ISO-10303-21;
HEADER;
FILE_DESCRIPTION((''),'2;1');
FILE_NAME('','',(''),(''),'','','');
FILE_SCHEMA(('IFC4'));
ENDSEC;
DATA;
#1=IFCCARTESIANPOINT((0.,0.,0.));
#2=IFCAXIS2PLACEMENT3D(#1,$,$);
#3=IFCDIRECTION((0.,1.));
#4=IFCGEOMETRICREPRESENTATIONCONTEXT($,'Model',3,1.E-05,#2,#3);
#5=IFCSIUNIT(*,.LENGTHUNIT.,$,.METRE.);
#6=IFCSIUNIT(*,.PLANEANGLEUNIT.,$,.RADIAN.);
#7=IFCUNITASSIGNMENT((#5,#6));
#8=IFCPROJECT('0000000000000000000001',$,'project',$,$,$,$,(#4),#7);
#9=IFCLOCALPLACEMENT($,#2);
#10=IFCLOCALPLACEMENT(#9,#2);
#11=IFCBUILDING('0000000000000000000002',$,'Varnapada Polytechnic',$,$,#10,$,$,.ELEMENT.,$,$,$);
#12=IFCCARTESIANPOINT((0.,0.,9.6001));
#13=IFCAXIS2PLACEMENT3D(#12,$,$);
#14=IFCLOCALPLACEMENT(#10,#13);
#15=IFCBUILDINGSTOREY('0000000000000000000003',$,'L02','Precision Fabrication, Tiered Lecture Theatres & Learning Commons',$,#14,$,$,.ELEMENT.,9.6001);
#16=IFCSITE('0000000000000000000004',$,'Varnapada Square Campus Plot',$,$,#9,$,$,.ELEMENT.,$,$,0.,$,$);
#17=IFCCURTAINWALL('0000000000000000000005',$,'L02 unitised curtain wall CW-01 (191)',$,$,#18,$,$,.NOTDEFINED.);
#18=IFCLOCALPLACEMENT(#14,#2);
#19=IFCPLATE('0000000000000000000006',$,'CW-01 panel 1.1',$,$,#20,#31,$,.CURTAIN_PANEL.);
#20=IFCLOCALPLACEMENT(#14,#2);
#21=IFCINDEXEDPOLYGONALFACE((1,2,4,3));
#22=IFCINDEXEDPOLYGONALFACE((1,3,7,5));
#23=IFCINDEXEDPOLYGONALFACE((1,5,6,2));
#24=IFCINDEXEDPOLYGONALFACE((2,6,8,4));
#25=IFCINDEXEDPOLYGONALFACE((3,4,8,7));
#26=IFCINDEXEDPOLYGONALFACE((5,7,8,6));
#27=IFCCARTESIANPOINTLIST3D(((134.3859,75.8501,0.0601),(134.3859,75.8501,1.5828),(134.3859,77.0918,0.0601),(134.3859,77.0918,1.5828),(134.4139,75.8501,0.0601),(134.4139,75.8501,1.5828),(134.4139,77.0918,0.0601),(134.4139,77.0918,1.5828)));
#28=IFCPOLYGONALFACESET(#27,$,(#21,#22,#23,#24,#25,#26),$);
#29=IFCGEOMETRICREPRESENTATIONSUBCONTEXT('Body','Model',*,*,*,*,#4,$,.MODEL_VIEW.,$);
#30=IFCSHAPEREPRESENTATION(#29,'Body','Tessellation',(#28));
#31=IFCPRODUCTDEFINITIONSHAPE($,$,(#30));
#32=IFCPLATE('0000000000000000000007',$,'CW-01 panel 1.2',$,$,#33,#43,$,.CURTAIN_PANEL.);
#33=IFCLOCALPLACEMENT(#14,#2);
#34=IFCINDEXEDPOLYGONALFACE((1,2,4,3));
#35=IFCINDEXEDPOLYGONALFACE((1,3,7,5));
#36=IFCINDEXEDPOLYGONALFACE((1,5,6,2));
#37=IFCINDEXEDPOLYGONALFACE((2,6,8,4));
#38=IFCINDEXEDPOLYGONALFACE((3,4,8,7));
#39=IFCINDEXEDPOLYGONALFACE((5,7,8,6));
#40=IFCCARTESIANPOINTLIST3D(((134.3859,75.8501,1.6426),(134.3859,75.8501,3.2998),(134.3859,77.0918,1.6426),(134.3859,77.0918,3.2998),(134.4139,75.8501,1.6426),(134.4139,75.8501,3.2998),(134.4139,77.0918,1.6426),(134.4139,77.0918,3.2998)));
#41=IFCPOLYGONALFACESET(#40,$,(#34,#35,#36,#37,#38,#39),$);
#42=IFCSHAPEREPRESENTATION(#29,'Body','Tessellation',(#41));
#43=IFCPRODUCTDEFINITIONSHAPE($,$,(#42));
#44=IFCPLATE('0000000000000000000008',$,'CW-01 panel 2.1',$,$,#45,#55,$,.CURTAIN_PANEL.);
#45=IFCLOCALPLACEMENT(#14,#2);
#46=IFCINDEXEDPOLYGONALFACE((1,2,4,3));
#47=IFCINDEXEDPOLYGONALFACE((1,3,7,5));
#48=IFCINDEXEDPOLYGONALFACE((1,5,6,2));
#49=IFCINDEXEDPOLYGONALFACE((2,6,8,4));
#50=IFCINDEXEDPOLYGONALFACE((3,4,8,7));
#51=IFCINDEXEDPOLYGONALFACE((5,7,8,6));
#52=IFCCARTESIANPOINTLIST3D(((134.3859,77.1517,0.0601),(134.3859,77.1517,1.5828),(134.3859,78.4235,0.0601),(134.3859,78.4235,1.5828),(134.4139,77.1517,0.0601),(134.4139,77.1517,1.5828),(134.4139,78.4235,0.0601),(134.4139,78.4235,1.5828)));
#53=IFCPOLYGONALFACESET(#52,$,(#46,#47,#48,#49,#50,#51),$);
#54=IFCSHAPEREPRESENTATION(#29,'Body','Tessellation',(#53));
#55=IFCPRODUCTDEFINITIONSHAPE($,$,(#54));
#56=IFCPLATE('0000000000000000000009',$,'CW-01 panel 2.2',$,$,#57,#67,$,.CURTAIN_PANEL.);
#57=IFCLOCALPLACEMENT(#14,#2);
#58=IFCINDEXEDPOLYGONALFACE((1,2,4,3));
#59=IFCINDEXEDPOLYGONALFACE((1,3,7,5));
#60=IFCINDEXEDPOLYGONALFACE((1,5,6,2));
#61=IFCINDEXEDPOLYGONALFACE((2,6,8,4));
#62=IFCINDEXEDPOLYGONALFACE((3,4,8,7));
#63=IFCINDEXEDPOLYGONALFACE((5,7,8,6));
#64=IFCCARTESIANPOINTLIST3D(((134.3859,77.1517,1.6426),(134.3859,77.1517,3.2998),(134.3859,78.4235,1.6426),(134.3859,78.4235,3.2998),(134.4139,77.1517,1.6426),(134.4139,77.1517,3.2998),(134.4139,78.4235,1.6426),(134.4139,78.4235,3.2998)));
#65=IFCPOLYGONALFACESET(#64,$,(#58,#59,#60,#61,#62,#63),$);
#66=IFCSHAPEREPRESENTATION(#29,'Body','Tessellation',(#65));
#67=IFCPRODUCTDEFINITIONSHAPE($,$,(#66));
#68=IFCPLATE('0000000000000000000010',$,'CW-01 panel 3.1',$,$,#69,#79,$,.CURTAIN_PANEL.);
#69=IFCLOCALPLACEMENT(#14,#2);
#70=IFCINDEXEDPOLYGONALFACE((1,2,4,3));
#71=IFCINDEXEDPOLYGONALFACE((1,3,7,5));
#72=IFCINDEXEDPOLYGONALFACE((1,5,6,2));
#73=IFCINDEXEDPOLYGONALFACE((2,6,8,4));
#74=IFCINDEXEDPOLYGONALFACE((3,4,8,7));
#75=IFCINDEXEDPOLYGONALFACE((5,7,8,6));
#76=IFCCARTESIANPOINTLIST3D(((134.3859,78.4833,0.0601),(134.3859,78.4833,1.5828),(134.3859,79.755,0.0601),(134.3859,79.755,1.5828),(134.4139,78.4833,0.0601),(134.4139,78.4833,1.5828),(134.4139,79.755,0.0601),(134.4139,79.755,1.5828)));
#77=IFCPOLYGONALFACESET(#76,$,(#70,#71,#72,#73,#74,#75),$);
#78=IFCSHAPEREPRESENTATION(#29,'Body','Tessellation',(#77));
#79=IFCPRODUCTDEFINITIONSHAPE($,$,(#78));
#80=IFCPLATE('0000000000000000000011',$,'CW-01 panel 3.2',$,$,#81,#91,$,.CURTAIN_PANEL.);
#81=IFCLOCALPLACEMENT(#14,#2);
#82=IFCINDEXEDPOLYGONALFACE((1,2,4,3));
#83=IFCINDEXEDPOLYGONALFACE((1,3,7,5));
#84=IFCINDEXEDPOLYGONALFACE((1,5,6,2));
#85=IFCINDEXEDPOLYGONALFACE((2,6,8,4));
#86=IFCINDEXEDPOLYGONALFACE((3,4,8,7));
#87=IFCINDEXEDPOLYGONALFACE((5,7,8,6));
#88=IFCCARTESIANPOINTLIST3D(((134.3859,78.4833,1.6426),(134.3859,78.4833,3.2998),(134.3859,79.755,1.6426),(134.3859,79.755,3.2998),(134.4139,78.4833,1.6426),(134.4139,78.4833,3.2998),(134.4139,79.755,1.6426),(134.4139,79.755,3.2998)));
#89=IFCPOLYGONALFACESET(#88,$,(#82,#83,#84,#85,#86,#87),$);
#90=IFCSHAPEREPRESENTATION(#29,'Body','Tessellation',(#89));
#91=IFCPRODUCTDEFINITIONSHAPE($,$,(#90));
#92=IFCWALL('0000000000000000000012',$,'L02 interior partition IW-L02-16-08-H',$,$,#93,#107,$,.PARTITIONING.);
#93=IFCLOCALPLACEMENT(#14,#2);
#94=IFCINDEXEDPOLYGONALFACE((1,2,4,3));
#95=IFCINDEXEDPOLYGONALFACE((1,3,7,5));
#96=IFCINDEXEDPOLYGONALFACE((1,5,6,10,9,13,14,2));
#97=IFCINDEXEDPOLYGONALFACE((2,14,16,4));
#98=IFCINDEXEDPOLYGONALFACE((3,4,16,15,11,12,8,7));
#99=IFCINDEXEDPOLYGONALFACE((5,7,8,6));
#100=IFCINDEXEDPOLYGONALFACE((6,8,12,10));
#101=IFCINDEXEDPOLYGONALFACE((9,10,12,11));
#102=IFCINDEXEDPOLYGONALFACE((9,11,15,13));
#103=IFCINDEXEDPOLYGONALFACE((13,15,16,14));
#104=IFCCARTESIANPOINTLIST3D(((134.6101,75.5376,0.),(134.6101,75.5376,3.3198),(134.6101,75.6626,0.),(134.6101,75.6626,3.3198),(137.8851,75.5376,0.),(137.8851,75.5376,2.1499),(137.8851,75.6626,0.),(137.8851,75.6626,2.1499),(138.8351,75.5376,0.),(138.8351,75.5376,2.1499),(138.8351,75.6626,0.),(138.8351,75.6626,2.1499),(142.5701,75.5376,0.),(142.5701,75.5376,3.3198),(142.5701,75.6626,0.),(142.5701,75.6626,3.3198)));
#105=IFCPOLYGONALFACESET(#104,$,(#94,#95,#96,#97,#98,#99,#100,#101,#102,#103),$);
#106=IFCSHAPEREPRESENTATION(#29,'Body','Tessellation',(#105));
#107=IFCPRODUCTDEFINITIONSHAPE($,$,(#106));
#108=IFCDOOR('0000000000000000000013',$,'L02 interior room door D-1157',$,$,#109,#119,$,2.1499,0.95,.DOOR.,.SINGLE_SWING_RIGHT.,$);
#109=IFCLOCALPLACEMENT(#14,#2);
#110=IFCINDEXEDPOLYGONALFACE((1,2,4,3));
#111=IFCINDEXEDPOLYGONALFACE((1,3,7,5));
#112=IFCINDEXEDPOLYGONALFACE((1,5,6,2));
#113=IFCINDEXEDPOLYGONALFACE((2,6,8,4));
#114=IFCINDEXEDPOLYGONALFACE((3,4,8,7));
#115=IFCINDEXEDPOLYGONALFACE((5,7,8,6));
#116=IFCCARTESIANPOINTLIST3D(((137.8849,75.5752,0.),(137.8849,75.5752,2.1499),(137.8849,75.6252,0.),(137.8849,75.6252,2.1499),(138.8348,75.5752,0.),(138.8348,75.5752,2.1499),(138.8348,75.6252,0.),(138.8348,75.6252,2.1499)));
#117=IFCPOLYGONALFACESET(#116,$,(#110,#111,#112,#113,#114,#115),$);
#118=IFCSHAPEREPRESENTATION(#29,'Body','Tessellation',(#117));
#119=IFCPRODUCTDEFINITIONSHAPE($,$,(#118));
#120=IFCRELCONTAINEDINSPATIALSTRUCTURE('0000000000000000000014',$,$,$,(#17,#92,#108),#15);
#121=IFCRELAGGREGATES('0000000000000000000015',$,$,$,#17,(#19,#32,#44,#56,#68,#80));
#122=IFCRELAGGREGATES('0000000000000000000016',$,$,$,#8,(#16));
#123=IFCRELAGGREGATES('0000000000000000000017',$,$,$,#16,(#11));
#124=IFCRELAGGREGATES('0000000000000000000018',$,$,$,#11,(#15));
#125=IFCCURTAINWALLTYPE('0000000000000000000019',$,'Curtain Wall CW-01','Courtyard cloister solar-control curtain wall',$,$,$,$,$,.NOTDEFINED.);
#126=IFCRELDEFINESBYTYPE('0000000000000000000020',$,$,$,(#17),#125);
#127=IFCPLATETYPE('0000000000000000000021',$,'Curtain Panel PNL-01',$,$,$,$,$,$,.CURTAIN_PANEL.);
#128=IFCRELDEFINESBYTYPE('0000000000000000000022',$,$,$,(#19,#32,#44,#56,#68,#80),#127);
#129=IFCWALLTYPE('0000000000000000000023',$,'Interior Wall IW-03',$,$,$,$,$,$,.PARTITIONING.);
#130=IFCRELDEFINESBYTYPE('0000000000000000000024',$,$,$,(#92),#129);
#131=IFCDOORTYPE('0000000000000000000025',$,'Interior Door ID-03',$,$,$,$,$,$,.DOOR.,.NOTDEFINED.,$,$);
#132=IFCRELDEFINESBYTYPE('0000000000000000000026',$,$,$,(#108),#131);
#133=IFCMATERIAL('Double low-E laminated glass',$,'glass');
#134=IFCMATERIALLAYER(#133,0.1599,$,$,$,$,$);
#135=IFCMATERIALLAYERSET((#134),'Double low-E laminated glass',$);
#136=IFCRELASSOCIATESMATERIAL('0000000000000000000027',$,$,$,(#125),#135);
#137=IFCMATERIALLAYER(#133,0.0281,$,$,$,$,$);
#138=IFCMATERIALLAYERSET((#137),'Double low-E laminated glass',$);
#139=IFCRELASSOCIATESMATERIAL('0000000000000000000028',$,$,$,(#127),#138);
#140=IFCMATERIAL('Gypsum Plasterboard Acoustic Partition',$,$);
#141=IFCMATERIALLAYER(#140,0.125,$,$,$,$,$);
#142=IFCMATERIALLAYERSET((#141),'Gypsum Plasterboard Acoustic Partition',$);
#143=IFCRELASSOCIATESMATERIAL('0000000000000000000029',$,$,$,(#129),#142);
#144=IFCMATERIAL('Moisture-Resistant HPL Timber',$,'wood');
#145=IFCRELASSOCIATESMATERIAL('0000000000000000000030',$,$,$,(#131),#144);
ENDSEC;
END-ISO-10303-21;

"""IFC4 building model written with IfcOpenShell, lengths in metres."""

from ifc_helpers import new_model, si_unit, direction, frame, frame_2d, origin, origin_2d, place, context, subcontext, project, spatial, rectangle, extrude, material, layer, layer_set, type_object, element, fill, aggregate, save


model = new_model("IFC4")

# Units and contexts
model_context = context("Model", 3, precision=1e-05, world=origin(), true_north=direction((0.0, 1.0)))
body_context = subcontext(model_context, "Body", "Model", "MODEL_VIEW")
ifc_project = project(units=[si_unit("LENGTHUNIT", "METRE"), si_unit("PLANEANGLEUNIT", "RADIAN")], contexts=[model_context])

# Site, building, storey
site_placement = place(None, origin())
site = spatial("IfcSite", under=ifc_project, at=site_placement, Name="Varnapada Square Campus Plot", CompositionType="ELEMENT", RefElevation=0.0)
building_placement = place(site_placement, origin())
building = spatial("IfcBuilding", under=site, at=building_placement, Name="Varnapada Polytechnic", CompositionType="ELEMENT")
storey_placement = place(building_placement, frame((0.0, 0.0, 9.6001)))
storey = spatial("IfcBuildingStorey", under=building, at=storey_placement, Name="L02", Description="Precision Fabrication, Tiered Lecture Theatres & Learning Commons", CompositionType="ELEMENT", Elevation=9.6001)

# Curtain wall
ifc_material_1 = material(Name="Double low-E laminated glass", Category="glass")
ifc_layer_1 = layer(ifc_material_1, 0.1599)
ifc_layer_set_1 = layer_set([ifc_layer_1], Name="Double low-E laminated glass")
curtain_wall_type = type_object("IfcCurtainWallType", Name="Curtain Wall CW-01", Description="Courtyard cloister solar-control curtain wall", PredefinedType="NOTDEFINED", material=ifc_layer_set_1)
curtain_wall_placement = place(storey_placement, origin())
curtain_wall = element("IfcCurtainWall", 1, at=curtain_wall_placement, inside=storey, type_object=curtain_wall_type, Name="L02 unitised curtain wall CW-01 (191)", PredefinedType="NOTDEFINED")

# Plates
ifc_layer_2 = layer(ifc_material_1, 0.0281)
ifc_layer_set_2 = layer_set([ifc_layer_2], Name="Double low-E laminated glass")
plate_type = type_object("IfcPlateType", Name="Curtain Panel PNL-01", PredefinedType="CURTAIN_PANEL", material=ifc_layer_set_2)
plate_1_placement = place(storey_placement, frame((134.3999, 76.4709, 0.0601), z_axis=(0.0, 0.0, 1.0), x_axis=(0.0, 1.0, 0.0)))
plate_1 = element("IfcPlate", 2, at=plate_1_placement, type_object=plate_type, Name="CW-01 panel 1.1", PredefinedType="CURTAIN_PANEL", context=body_context, shape_type="SweptSolid", body=[
    extrude(rectangle(XDim=1.2417, YDim=0.0281, at=origin_2d()), origin(), (0.0, 0.0, 1.0), 1.5227),
])
plate_2_placement = place(storey_placement, frame((134.3999, 76.4709, 1.6426), z_axis=(0.0, 0.0, 1.0), x_axis=(0.0, 1.0, 0.0)))
plate_2 = element("IfcPlate", 3, at=plate_2_placement, type_object=plate_type, Name="CW-01 panel 1.2", PredefinedType="CURTAIN_PANEL", context=body_context, shape_type="SweptSolid", body=[
    extrude(rectangle(XDim=1.2417, YDim=0.0281, at=origin_2d()), origin(), (0.0, 0.0, 1.0), 1.6572),
])
plate_3_placement = place(storey_placement, frame((134.3999, 77.7876, 0.0601), z_axis=(0.0, 0.0, 1.0), x_axis=(0.0, 1.0, 0.0)))
plate_3 = element("IfcPlate", 4, at=plate_3_placement, type_object=plate_type, Name="CW-01 panel 2.1", PredefinedType="CURTAIN_PANEL", context=body_context, shape_type="SweptSolid", body=[
    extrude(rectangle(XDim=1.2717, YDim=0.0281, at=origin_2d()), origin(), (0.0, 0.0, 1.0), 1.5227),
])
plate_4_placement = place(storey_placement, frame((134.3999, 77.7876, 1.6426), z_axis=(0.0, 0.0, 1.0), x_axis=(0.0, 1.0, 0.0)))
plate_4 = element("IfcPlate", 5, at=plate_4_placement, type_object=plate_type, Name="CW-01 panel 2.2", PredefinedType="CURTAIN_PANEL", context=body_context, shape_type="SweptSolid", body=[
    extrude(rectangle(XDim=1.2717, YDim=0.0281, at=origin_2d()), origin(), (0.0, 0.0, 1.0), 1.6572),
])
plate_5_placement = place(storey_placement, frame((134.3999, 79.1191, 0.0601), z_axis=(0.0, 0.0, 1.0), x_axis=(0.0, 1.0, 0.0)))
plate_5 = element("IfcPlate", 6, at=plate_5_placement, type_object=plate_type, Name="CW-01 panel 3.1", PredefinedType="CURTAIN_PANEL", context=body_context, shape_type="SweptSolid", body=[
    extrude(rectangle(XDim=1.2717, YDim=0.0281, at=origin_2d()), origin(), (0.0, 0.0, 1.0), 1.5227),
])
plate_6_placement = place(storey_placement, frame((134.3999, 79.1191, 1.6426), z_axis=(0.0, 0.0, 1.0), x_axis=(0.0, 1.0, 0.0)))
plate_6 = element("IfcPlate", 7, at=plate_6_placement, type_object=plate_type, Name="CW-01 panel 3.2", PredefinedType="CURTAIN_PANEL", context=body_context, shape_type="SweptSolid", body=[
    extrude(rectangle(XDim=1.2717, YDim=0.0281, at=origin_2d()), origin(), (0.0, 0.0, 1.0), 1.6572),
])
aggregate(curtain_wall, [plate_1, plate_2, plate_3, plate_4, plate_5, plate_6])

# Wall, opening, door
ifc_material_2 = material(Name="Gypsum Plasterboard Acoustic Partition")
ifc_layer_3 = layer(ifc_material_2, 0.125)
ifc_layer_set_3 = layer_set([ifc_layer_3], Name="Gypsum Plasterboard Acoustic Partition")
wall_type = type_object("IfcWallType", Name="Interior Wall IW-03", PredefinedType="PARTITIONING", material=ifc_layer_set_3)
wall_placement = place(storey_placement, frame((134.6101, 75.6001, 0.0), z_axis=(0.0, 0.0, 1.0), x_axis=(1.0, 0.0, 0.0)))
wall = element("IfcWall", 8, at=wall_placement, inside=storey, type_object=wall_type, Name="L02 interior partition IW-L02-16-08-H", PredefinedType="PARTITIONING", context=body_context, shape_type="SweptSolid", body=[
    extrude(rectangle(XDim=7.96, YDim=0.125, at=frame_2d((3.98, 0.0))), origin(), (0.0, 0.0, 1.0), 3.3198),
])
opening_placement = place(wall_placement, frame((3.2749, 0.0, 0.0)))
opening = element("IfcOpeningElement", 9, at=opening_placement, cuts=wall, PredefinedType="OPENING", context=body_context, shape_type="SweptSolid", body=[
    extrude(rectangle(XDim=0.95, YDim=2.1499, at=frame_2d((0.4751, 1.075))), frame((0.0, 0.0725, 0.0), z_axis=(0.0, -1.0, 0.0), x_axis=(1.0, 0.0, 0.0)), (0.0, 0.0, 1.0), 0.145),
])
ifc_material_3 = material(Name="Moisture-Resistant HPL Timber", Category="wood")
door_type = type_object("IfcDoorType", Name="Interior Door ID-03", OperationType="NOTDEFINED", PredefinedType="DOOR", material=ifc_material_3)
door_placement = place(opening_placement, frame((0.95, 0.0, 0.0), z_axis=(0.0, 0.0, 1.0), x_axis=(-1.0, 0.0, 0.0)))
door = element("IfcDoor", 10, at=door_placement, inside=storey, type_object=door_type, Name="L02 interior room door D-1157", OperationType="SINGLE_SWING_RIGHT", OverallHeight=2.1499, OverallWidth=0.95, PredefinedType="DOOR", context=body_context, shape_type="SweptSolid", body=[
    extrude(rectangle(XDim=0.95, YDim=2.1499, at=frame_2d((0.4751, 1.075))), frame((0.0, 0.0249, 0.0), z_axis=(0.0, -1.0, 0.0), x_axis=(1.0, 0.0, 0.0)), (0.0, 0.0, 1.0), 0.05),
])
fill(opening, door)

save(model, "model.ifc")
